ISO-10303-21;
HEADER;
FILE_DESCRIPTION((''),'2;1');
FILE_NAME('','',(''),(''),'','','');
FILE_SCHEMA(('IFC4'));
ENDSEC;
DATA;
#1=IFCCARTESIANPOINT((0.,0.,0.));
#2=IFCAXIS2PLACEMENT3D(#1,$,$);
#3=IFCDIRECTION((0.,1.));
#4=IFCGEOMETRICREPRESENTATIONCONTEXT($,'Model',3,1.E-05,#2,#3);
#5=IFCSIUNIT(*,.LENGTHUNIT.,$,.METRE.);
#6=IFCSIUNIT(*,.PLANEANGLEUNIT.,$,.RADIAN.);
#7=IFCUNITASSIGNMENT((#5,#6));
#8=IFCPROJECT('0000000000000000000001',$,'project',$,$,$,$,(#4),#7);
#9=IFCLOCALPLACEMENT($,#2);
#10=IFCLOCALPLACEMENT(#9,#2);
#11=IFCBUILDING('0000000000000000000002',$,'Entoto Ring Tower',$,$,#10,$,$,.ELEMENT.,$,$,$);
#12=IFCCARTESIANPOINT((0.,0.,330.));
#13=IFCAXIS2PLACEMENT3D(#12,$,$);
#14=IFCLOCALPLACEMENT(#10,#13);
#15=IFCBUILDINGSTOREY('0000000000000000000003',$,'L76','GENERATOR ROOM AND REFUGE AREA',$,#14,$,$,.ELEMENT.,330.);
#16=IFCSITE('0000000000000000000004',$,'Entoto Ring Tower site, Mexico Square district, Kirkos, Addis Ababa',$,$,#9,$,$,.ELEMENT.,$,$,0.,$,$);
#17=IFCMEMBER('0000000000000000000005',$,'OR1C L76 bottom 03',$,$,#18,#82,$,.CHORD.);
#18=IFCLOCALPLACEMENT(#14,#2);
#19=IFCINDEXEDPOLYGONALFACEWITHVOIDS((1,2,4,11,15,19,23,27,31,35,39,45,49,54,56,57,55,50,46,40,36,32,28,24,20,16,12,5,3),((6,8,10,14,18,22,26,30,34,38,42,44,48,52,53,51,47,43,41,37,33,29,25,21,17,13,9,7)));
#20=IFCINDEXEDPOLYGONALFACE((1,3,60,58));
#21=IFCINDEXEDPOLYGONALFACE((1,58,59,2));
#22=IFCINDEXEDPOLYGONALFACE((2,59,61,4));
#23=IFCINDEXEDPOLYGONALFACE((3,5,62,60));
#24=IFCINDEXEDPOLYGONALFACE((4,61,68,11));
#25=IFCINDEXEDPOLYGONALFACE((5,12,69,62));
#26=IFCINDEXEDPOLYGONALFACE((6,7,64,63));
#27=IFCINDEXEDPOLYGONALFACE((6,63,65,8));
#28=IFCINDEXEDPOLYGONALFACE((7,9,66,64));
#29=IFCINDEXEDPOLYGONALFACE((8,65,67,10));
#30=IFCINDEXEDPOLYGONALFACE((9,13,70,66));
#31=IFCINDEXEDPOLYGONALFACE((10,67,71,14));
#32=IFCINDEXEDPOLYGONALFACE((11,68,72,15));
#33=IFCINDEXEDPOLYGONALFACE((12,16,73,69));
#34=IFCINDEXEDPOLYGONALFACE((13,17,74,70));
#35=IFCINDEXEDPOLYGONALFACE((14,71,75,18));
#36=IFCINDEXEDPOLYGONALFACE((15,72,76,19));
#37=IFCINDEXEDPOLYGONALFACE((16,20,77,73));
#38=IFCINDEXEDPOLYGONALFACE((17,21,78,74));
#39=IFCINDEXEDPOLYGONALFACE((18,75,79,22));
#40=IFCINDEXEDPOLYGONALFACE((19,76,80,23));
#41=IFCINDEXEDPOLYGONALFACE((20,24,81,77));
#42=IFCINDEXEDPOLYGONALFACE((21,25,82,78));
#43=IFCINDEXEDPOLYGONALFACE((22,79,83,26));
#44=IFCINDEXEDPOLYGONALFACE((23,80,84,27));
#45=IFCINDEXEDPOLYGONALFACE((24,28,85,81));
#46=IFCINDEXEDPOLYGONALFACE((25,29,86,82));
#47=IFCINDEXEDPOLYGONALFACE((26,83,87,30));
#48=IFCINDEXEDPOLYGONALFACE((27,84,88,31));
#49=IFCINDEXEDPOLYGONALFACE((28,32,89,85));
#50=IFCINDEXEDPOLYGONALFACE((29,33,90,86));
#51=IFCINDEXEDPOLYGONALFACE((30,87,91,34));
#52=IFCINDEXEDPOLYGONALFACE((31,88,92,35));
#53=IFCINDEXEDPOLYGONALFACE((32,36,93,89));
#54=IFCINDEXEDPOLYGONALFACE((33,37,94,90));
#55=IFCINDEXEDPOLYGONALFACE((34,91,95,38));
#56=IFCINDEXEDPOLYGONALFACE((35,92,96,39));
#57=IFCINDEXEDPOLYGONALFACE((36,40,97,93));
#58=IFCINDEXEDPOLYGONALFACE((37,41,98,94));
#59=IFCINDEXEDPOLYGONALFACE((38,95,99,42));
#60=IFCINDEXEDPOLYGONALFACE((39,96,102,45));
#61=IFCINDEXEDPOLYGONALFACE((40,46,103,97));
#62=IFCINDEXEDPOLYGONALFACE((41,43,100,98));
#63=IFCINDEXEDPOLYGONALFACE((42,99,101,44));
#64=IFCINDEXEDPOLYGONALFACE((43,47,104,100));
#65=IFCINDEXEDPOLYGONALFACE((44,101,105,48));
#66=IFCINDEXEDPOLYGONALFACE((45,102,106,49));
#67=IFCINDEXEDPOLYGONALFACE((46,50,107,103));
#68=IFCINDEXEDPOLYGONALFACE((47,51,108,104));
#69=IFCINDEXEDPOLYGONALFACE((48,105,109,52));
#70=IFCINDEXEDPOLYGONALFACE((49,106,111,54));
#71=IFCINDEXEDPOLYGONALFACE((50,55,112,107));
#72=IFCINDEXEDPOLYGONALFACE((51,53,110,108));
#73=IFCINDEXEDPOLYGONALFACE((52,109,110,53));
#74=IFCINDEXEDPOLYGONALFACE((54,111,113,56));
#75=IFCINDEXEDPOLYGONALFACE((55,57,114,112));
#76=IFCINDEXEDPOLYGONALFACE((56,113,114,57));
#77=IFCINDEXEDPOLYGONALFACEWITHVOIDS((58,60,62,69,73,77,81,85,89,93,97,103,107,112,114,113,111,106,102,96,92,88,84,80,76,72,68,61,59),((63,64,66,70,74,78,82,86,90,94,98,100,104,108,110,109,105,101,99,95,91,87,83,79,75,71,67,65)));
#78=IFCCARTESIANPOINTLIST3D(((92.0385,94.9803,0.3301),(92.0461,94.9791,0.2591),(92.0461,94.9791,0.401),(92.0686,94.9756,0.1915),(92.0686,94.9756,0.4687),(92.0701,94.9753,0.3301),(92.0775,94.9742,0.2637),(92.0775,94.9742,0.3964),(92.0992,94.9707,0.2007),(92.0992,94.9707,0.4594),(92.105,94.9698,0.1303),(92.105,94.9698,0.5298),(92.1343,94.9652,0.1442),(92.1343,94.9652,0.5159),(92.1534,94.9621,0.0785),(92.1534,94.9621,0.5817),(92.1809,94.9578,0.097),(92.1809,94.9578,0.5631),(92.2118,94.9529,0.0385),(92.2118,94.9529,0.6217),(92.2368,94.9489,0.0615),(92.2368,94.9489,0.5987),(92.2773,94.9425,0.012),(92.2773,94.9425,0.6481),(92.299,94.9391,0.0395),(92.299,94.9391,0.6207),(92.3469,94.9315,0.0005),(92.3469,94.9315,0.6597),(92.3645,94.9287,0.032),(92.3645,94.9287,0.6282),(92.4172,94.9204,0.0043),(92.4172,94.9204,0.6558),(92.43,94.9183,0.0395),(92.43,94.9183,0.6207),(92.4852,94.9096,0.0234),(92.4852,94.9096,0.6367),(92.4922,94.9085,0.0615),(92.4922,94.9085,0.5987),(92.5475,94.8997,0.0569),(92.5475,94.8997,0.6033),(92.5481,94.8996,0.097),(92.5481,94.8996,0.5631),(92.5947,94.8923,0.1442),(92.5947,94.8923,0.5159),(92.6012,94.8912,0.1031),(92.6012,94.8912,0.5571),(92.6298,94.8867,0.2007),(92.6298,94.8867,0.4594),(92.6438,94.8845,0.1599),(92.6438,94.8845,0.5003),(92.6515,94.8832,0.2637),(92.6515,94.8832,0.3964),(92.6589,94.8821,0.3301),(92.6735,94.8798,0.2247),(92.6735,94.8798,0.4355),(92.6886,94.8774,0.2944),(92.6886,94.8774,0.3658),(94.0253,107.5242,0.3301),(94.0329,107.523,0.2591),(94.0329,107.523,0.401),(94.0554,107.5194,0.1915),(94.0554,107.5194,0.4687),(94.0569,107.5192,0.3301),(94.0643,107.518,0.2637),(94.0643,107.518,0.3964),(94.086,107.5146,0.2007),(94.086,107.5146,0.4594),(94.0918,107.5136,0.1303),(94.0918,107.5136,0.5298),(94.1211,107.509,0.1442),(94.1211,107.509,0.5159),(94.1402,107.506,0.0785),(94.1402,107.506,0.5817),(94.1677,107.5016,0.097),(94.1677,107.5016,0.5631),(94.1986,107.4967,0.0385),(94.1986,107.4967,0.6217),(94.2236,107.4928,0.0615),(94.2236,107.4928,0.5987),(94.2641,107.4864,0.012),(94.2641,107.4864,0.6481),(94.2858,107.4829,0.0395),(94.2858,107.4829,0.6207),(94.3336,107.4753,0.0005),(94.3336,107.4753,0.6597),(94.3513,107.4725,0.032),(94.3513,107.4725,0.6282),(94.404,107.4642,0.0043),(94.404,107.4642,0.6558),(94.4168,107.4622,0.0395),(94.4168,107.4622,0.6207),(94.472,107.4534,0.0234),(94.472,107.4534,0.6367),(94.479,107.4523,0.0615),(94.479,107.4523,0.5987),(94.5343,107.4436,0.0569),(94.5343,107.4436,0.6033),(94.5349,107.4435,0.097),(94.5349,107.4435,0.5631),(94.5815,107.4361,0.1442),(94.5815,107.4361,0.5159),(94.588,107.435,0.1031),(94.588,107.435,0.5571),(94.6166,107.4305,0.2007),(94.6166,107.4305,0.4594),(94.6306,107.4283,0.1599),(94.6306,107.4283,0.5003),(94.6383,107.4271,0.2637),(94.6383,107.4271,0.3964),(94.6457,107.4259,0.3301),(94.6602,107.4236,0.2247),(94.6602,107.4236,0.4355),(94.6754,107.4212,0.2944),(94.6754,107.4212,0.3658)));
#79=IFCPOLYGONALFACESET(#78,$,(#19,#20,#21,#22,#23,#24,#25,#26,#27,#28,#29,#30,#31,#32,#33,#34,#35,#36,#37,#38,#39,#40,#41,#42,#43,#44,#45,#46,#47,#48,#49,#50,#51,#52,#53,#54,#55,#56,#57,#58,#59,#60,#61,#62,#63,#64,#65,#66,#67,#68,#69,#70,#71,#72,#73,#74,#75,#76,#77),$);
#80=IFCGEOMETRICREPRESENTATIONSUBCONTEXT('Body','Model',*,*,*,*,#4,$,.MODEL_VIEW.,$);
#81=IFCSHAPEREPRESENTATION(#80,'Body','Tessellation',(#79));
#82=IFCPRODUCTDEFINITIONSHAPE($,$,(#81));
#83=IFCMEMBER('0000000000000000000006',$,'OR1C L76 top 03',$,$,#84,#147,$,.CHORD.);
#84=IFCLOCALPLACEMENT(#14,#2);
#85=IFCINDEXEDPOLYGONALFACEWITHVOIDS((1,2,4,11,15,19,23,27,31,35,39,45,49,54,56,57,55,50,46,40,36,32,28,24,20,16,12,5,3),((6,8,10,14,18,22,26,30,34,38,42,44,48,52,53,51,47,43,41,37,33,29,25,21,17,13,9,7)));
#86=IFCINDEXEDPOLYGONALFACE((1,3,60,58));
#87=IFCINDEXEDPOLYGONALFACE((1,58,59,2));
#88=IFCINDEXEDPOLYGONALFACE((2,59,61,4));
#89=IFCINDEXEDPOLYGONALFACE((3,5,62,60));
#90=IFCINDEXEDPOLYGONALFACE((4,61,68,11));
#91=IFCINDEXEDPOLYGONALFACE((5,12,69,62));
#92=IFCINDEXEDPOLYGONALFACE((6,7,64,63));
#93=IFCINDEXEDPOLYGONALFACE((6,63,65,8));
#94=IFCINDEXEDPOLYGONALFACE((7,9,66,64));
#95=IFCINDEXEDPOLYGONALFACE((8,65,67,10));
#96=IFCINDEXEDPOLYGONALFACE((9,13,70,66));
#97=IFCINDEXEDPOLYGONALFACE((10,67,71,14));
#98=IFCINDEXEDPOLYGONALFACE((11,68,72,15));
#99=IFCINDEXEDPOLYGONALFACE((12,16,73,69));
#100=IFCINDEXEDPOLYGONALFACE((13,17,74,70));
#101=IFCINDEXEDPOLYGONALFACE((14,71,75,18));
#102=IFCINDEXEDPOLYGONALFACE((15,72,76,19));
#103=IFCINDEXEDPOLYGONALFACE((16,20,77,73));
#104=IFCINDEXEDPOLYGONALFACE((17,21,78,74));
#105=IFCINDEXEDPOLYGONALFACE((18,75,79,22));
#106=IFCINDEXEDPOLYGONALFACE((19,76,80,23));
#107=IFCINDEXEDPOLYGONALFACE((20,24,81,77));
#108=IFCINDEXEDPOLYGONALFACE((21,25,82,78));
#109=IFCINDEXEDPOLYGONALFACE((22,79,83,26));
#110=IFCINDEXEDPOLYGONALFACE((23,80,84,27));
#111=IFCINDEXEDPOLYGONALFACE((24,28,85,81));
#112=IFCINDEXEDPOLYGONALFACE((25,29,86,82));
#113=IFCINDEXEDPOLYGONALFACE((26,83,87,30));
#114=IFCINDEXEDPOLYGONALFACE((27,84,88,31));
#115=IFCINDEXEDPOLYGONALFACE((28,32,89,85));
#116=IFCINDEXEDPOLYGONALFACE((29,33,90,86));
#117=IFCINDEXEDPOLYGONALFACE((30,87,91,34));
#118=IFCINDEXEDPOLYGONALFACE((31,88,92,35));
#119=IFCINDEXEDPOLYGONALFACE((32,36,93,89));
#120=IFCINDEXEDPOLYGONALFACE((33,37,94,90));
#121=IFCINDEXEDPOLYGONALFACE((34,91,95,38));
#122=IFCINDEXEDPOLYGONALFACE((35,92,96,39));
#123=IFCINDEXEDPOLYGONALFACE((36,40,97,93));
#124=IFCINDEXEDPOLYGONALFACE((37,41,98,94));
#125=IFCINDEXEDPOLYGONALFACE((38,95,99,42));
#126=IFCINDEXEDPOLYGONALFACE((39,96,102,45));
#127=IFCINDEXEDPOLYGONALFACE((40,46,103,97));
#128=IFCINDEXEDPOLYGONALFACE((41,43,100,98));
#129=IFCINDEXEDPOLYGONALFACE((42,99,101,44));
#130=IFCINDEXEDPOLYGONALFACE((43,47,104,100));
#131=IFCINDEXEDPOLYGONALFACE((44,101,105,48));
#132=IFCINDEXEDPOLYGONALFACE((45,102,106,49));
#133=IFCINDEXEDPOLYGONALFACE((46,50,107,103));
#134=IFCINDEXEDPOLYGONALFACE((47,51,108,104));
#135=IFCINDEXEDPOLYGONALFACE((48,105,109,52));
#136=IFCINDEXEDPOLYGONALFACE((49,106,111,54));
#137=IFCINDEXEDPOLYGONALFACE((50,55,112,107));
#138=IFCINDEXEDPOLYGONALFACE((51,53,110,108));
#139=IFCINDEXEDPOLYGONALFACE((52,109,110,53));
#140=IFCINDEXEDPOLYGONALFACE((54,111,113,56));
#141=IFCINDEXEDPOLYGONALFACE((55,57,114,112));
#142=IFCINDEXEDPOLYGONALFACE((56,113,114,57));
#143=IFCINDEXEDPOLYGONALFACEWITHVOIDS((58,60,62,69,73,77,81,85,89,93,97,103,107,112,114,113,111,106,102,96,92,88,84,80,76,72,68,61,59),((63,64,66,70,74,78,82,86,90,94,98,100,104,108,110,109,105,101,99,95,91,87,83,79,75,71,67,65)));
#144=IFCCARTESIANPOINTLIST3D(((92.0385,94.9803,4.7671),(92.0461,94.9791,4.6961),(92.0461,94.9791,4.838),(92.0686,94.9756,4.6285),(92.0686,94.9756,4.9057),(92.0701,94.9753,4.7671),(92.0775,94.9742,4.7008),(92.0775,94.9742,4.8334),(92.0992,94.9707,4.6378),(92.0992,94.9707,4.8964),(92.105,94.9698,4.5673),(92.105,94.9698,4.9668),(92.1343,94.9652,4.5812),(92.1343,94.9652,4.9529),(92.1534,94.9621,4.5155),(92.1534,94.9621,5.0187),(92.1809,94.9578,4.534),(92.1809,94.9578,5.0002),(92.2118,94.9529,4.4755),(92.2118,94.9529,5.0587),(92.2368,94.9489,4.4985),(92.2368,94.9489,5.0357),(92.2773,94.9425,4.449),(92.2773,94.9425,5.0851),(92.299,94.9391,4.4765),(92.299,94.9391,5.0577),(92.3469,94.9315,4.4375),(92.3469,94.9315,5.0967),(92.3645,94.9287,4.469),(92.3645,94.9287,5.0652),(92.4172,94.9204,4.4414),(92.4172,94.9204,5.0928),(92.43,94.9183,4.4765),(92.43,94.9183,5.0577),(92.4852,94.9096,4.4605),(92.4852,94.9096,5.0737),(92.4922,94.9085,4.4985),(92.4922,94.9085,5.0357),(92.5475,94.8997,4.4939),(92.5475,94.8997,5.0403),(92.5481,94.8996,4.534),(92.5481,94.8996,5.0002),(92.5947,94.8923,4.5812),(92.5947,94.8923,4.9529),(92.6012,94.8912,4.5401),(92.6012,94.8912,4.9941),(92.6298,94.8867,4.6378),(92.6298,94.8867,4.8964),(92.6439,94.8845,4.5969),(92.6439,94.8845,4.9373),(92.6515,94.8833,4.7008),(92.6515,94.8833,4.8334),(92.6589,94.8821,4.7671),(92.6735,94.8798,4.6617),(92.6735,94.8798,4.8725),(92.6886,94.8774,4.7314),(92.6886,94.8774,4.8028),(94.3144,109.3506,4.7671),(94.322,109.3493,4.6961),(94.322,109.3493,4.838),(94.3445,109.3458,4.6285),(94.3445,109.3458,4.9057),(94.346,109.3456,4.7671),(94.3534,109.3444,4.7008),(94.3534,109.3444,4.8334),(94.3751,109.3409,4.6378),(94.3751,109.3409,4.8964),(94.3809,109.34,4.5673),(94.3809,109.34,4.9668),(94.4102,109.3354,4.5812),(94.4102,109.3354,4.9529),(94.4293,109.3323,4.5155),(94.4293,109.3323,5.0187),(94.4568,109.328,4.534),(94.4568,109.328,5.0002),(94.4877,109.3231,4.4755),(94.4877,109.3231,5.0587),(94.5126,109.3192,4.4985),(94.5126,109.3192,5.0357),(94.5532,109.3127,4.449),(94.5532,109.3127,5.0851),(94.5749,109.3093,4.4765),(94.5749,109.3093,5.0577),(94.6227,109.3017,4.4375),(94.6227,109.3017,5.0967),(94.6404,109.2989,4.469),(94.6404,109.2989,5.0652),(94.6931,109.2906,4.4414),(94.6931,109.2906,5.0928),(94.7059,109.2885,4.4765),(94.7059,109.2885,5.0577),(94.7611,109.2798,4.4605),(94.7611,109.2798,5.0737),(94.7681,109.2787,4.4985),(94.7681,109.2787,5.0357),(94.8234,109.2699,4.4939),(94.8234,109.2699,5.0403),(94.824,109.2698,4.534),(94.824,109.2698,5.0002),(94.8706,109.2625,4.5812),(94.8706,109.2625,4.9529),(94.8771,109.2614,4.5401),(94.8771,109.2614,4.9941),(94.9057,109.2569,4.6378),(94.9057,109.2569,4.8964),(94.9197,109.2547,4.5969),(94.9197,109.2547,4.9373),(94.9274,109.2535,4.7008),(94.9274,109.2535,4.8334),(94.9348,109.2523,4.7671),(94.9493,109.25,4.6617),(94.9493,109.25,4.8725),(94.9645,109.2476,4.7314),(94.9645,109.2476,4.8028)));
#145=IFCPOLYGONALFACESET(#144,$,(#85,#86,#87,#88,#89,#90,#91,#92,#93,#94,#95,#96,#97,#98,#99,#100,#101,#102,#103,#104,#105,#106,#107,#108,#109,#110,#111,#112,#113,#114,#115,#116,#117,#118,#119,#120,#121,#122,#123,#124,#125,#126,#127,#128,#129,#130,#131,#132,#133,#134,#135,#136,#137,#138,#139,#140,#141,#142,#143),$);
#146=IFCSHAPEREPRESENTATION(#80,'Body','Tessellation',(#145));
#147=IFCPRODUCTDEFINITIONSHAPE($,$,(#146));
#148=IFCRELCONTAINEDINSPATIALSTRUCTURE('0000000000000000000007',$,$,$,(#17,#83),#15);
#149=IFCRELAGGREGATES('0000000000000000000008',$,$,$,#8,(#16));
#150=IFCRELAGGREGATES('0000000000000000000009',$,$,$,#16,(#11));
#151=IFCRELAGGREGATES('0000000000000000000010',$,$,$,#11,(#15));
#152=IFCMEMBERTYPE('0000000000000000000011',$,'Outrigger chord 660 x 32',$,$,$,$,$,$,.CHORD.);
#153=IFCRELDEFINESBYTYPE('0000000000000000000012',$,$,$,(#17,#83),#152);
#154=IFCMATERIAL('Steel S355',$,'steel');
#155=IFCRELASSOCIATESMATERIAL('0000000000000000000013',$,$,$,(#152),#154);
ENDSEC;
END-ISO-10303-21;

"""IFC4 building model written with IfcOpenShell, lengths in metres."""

from ifc_helpers import new_model, si_unit, direction, frame, origin, origin_2d, place, context, subcontext, project, spatial, circle, hollow_circle, extrude, material, material_profile, profile_set, type_object, element, save


model = new_model("IFC4")

# Units and contexts
model_context = context("Model", 3, precision=1e-05, world=origin(), true_north=direction((0.0, 1.0)))
body_context = subcontext(model_context, "Body", "Model", "MODEL_VIEW")
ifc_project = project(units=[si_unit("LENGTHUNIT", "METRE"), si_unit("PLANEANGLEUNIT", "RADIAN")], contexts=[model_context])

# Site, building, storey
site_placement = place(None, origin())
site = spatial("IfcSite", under=ifc_project, at=site_placement, Name="Entoto Ring Tower site, Mexico Square district, Kirkos, Addis Ababa", CompositionType="ELEMENT", RefElevation=0.0)
building_placement = place(site_placement, origin())
building = spatial("IfcBuilding", under=site, at=building_placement, Name="Entoto Ring Tower", CompositionType="ELEMENT")
storey_placement = place(building_placement, frame((0.0, 0.0, 330.0)))
storey = spatial("IfcBuildingStorey", under=building, at=storey_placement, Name="L76", Description="GENERATOR ROOM AND REFUGE AREA", CompositionType="ELEMENT", Elevation=330.0)

# Members
ifc_material_1 = material(Name="Steel S355", Category="steel")
ifc_material_profile_1 = material_profile(ifc_material_1, hollow_circle(Radius=0.3301, WallThickness=0.032, at=origin_2d()), Name="CHS 660 x 32")
ifc_material_2 = material(Name="Concrete C60/75", Category="concrete")
ifc_material_profile_2 = material_profile(ifc_material_2, circle(Radius=0.2981, at=origin_2d()), Name="Concrete C60/75 infill")
ifc_profile_set_1 = profile_set([ifc_material_profile_1, ifc_material_profile_2], Name="Steel S355")
member_type_1 = type_object("IfcMemberType", Name="Outrigger chord 660 x 32", PredefinedType="CHORD", material=ifc_profile_set_1)
member_1_placement = place(storey_placement, frame((92.3645, 94.9287, 0.3301), z_axis=(0.156438, 0.987688, 0.0), x_axis=(-0.987688, 0.156438, 0.0)))
element("IfcMember", 1, at=member_1_placement, inside=storey, type_object=member_type_1, Name="OR1C L76 bottom 03", PredefinedType="CHORD", context=body_context, shape_type="SweptSolid", body=[
    extrude(hollow_circle(Radius=0.3301, WallThickness=0.032, at=origin_2d()), origin(), (0.0, 0.0, 1.0), 12.7002),
])
member_2_placement = place(storey_placement, frame((92.3645, 94.9287, 4.7671), z_axis=(0.156426, 0.98769, 0.0), x_axis=(-0.98769, 0.156426, 0.0)))
element("IfcMember", 2, at=member_2_placement, inside=storey, type_object=member_type_1, Name="OR1C L76 top 03", PredefinedType="CHORD", context=body_context, shape_type="SweptSolid", body=[
    extrude(hollow_circle(Radius=0.3301, WallThickness=0.032, at=origin_2d()), origin(), (0.0, 0.0, 1.0), 14.5493),
])

save(model, "model.ifc")
